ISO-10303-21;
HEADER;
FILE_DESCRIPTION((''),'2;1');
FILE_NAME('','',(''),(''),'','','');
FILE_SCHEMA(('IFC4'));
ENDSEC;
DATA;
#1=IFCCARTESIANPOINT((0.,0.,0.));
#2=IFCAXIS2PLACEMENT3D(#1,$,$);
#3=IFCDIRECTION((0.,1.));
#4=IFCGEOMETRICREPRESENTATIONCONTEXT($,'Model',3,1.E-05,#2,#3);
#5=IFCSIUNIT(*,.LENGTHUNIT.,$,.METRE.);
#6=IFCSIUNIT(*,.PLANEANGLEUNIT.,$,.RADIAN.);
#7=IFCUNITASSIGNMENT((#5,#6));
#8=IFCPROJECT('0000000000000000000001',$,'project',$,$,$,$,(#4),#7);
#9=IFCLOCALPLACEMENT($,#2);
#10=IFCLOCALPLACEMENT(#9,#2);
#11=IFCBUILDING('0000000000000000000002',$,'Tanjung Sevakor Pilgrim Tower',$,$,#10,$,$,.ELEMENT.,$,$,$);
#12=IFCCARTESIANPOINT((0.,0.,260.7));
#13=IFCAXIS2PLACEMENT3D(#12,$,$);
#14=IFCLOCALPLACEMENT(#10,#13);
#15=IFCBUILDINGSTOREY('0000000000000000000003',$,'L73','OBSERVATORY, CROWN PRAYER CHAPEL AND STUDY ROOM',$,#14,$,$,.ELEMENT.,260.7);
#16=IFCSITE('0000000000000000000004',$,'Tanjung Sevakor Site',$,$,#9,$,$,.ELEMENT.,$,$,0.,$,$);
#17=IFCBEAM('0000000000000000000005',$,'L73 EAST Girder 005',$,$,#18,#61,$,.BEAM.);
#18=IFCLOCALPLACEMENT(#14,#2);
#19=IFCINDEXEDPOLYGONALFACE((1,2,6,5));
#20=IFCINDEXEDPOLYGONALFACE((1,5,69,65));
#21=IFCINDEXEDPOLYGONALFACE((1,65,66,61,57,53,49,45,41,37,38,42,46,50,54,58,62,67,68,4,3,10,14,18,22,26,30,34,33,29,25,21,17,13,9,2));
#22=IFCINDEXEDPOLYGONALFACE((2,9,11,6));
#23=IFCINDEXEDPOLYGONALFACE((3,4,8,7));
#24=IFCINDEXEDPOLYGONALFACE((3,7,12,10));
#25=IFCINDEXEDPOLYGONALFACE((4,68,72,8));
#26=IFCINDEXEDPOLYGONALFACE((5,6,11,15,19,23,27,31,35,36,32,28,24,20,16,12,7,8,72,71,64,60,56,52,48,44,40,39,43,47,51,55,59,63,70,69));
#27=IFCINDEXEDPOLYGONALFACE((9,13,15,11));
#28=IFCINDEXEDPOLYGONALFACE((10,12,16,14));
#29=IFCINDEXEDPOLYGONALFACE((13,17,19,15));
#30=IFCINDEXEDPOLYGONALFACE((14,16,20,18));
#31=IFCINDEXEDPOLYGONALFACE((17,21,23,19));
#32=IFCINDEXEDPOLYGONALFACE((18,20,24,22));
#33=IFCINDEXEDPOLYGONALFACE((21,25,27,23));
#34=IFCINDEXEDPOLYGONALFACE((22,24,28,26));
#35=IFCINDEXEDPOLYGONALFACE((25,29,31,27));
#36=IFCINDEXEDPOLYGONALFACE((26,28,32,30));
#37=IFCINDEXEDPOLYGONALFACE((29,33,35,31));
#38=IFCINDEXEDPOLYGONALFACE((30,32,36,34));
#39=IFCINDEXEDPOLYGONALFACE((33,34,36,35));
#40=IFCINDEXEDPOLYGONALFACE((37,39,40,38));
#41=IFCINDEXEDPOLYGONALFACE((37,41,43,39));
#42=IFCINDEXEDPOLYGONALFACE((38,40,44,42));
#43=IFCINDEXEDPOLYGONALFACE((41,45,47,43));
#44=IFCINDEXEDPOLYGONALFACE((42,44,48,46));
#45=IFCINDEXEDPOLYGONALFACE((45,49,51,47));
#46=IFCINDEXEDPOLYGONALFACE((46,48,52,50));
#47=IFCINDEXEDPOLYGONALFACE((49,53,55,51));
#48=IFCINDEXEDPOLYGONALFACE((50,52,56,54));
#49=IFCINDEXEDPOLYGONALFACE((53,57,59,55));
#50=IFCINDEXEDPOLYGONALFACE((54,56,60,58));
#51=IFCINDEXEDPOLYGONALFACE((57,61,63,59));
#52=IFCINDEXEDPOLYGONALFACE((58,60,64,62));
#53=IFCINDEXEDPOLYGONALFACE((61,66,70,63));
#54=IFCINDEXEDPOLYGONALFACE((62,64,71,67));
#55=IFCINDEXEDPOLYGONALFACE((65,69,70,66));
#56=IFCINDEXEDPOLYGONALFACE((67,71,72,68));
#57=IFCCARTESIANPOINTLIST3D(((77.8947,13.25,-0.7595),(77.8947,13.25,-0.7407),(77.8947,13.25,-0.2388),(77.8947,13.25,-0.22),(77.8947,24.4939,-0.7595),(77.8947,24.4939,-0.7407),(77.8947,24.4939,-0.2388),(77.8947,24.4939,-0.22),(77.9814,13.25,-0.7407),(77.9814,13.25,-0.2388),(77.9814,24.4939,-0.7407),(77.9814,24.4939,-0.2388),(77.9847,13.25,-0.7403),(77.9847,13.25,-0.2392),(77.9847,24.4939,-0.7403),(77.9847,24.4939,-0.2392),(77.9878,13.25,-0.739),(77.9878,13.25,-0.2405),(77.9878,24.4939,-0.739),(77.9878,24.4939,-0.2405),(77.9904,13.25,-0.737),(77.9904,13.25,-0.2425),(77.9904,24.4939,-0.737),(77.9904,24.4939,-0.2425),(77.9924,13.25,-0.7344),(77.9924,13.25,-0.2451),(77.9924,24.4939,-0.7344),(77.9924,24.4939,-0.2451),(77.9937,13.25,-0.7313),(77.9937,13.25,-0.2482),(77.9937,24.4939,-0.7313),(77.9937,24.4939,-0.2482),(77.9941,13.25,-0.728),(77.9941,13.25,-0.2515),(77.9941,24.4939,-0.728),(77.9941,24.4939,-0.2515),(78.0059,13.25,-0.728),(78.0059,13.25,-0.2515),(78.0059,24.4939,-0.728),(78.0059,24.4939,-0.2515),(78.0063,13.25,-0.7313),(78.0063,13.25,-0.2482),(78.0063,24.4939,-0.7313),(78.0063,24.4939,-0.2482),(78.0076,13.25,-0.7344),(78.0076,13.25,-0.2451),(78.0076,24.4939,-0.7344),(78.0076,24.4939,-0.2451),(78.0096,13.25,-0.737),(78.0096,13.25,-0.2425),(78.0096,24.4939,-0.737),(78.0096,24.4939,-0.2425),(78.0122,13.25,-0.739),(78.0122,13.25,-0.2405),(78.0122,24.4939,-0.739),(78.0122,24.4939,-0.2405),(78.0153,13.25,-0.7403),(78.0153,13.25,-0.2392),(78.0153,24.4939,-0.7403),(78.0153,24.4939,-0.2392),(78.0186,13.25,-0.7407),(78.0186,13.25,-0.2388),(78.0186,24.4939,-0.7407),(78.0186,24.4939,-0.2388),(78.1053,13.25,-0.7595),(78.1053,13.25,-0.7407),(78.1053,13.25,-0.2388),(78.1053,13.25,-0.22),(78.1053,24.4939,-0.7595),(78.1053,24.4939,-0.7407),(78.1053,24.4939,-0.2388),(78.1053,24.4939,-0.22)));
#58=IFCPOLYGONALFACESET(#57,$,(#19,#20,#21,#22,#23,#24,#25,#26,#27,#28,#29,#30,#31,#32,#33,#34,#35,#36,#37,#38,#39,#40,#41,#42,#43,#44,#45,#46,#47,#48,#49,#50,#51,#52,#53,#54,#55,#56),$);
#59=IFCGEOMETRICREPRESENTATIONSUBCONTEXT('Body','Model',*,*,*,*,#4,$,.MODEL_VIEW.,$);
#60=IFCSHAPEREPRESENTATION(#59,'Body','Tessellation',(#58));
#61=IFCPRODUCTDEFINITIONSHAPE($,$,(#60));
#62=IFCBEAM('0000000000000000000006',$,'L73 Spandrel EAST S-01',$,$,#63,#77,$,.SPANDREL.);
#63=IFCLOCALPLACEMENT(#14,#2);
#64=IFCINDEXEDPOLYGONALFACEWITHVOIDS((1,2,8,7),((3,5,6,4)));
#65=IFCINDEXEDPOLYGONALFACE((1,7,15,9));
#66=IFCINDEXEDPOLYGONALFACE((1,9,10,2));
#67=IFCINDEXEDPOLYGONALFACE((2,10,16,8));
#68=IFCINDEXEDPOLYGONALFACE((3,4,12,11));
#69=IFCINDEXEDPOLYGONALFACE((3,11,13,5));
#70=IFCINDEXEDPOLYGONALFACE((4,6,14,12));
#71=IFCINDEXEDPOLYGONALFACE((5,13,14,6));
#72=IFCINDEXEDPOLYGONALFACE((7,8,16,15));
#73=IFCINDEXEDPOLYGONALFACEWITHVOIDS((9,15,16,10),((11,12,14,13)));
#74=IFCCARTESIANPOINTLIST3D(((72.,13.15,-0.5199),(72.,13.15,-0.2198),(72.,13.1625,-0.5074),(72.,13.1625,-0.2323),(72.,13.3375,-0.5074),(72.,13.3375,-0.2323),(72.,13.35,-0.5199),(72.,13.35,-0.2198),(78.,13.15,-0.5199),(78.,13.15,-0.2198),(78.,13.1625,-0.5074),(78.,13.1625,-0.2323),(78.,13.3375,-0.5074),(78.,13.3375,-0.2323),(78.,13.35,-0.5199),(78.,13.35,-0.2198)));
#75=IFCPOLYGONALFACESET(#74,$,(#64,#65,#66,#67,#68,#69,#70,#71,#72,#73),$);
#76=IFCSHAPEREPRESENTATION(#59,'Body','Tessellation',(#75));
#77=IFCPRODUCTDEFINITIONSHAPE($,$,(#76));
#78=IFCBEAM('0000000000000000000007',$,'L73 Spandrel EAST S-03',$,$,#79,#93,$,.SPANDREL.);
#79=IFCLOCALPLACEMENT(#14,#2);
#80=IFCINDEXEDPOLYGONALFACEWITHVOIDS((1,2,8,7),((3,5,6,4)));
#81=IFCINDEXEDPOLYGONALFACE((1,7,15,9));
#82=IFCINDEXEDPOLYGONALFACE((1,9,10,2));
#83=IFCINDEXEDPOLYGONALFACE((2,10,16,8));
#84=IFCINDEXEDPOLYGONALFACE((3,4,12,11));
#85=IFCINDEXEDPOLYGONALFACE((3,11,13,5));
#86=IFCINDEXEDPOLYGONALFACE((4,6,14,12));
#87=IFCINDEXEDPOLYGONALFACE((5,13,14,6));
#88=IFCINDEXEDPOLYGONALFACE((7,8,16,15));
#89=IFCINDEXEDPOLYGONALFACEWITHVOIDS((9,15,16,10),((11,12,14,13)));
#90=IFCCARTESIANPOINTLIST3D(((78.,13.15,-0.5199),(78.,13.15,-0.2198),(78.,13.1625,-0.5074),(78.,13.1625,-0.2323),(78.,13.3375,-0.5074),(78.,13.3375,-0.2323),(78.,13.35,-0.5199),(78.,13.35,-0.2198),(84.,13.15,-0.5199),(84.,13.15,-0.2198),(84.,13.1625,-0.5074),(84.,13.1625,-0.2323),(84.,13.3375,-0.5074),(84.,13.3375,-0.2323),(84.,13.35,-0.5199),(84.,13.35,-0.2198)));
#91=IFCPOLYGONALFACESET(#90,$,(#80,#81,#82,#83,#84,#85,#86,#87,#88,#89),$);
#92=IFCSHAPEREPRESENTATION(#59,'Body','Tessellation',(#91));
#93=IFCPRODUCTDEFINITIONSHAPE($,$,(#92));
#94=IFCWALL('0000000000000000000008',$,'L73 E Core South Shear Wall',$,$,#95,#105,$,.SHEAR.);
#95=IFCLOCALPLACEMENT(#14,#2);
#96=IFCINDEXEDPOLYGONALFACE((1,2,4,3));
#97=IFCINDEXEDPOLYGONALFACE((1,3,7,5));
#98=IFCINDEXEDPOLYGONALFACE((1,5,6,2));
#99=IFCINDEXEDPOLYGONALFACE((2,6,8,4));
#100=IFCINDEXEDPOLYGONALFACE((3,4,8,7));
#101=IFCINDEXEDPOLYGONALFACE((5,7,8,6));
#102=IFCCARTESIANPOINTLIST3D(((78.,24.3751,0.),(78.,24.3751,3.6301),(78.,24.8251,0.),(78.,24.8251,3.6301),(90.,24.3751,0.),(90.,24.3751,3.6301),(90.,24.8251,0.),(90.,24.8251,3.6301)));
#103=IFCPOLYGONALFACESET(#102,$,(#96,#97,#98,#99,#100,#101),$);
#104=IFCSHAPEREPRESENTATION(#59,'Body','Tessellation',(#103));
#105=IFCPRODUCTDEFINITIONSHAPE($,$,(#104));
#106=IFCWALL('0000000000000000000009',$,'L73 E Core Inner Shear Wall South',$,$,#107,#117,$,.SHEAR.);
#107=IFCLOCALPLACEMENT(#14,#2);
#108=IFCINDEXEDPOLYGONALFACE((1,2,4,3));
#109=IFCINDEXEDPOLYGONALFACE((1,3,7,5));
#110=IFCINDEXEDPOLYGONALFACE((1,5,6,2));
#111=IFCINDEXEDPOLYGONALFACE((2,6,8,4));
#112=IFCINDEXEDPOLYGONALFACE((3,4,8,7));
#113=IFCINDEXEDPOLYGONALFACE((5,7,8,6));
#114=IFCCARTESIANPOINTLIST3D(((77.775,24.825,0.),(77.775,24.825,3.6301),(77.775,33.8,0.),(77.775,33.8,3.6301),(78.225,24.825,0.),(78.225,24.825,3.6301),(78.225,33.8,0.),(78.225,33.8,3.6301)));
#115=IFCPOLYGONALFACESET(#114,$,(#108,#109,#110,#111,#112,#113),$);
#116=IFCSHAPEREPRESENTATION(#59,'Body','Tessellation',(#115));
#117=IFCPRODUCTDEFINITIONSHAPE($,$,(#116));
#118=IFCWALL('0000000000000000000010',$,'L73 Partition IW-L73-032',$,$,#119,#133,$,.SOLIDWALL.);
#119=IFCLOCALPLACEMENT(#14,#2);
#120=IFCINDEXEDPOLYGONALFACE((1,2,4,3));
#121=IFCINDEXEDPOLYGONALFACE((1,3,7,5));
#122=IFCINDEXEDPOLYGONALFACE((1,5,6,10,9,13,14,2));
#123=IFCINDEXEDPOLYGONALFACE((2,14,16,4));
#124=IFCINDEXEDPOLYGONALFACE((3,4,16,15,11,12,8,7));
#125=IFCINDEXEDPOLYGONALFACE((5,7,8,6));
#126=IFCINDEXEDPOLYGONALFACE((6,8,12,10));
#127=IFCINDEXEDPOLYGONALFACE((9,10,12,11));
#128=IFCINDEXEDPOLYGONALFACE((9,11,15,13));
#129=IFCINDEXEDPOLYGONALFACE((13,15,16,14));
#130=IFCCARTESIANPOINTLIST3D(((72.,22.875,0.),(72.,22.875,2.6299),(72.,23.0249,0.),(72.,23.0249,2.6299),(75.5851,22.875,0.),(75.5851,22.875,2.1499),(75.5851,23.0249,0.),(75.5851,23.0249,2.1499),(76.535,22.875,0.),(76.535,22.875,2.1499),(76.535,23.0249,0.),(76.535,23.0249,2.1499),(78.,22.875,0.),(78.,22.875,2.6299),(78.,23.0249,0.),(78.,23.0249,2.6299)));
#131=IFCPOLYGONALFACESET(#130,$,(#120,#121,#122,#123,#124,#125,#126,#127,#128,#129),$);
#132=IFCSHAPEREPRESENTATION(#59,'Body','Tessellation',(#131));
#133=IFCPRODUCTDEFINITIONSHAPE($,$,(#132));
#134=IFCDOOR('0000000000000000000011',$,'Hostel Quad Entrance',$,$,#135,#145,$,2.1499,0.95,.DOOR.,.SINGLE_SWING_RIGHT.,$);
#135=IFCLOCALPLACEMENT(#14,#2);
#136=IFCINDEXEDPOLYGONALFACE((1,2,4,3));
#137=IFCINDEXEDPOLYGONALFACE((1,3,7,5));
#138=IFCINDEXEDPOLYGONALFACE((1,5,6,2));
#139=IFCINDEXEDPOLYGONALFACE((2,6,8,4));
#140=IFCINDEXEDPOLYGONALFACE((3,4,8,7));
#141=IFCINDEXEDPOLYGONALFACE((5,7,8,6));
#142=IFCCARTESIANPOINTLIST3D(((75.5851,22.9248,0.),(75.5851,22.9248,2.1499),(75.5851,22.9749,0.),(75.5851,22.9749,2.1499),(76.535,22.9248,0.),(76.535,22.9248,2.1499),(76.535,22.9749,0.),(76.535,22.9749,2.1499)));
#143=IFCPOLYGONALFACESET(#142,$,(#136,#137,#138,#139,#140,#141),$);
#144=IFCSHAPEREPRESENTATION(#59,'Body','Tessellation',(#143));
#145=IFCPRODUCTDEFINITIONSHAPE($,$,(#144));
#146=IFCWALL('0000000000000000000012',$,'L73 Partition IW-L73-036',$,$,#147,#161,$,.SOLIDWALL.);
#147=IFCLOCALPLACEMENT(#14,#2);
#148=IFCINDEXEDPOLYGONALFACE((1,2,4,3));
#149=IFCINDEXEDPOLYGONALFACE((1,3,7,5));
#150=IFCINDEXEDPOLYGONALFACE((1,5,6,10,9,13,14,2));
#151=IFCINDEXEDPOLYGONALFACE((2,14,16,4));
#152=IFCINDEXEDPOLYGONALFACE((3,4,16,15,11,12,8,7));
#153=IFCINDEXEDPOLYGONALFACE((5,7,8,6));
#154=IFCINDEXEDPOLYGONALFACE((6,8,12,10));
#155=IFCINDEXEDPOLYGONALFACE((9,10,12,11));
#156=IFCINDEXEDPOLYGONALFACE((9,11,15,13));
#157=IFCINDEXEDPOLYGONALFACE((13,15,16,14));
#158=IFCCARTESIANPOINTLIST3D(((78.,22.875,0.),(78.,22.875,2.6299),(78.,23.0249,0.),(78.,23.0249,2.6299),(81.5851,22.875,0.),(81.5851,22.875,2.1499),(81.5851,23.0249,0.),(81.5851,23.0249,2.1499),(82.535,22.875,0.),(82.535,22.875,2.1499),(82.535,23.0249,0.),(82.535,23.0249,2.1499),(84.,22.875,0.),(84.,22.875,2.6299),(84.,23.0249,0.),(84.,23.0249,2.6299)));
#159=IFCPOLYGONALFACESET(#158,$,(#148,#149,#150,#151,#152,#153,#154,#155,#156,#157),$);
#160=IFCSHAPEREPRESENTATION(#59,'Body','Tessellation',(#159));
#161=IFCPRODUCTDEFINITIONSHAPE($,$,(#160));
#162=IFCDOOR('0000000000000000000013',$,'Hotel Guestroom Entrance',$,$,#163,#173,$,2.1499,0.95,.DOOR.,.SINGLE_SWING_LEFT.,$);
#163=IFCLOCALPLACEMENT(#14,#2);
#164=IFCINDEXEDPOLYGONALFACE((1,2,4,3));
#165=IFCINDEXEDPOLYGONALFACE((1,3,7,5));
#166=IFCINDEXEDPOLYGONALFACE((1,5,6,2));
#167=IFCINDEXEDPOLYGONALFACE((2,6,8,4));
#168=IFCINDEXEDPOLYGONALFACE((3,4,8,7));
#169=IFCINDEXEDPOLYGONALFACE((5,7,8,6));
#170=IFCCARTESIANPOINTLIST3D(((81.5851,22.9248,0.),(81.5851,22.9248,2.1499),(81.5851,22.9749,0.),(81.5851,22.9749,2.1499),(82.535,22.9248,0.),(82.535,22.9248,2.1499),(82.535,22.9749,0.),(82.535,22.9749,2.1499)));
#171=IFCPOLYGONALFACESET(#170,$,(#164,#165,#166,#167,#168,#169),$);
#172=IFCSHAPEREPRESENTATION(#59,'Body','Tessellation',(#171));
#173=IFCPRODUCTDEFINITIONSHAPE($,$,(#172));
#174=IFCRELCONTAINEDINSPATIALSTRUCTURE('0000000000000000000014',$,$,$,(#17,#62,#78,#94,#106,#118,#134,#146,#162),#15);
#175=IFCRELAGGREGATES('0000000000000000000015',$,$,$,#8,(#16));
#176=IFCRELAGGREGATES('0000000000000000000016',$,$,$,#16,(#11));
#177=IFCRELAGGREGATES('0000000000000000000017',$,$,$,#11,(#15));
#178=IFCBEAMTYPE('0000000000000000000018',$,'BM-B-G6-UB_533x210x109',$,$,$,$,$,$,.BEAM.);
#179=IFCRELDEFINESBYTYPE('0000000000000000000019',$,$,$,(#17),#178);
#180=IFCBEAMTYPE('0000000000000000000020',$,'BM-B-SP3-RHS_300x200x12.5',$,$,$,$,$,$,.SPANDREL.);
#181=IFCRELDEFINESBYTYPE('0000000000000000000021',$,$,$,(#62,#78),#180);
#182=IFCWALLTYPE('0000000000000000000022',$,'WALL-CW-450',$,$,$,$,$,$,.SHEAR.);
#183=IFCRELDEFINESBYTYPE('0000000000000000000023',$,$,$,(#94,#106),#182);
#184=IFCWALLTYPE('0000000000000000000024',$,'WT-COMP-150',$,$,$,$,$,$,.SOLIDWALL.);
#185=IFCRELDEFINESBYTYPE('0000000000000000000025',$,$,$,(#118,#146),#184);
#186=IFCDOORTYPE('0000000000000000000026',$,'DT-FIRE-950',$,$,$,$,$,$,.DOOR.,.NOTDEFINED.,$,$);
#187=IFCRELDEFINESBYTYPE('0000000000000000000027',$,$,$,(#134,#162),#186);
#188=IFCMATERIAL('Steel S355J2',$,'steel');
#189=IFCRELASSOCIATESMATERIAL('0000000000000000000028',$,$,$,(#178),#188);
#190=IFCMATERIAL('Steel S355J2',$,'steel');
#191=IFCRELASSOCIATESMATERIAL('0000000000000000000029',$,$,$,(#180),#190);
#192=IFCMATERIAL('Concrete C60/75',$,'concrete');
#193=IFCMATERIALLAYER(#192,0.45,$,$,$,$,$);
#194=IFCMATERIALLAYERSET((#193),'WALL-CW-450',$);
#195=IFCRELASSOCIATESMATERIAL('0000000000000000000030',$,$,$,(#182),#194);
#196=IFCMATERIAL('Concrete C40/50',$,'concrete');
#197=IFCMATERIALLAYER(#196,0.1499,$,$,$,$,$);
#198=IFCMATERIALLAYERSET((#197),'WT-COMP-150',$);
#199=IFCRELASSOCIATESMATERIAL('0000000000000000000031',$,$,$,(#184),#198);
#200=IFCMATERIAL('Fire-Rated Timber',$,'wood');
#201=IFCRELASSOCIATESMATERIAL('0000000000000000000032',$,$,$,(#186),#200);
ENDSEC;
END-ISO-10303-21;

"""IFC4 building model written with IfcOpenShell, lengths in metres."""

from ifc_helpers import new_model, si_unit, direction, frame, frame_2d, origin, origin_2d, place, context, subcontext, project, spatial, rectangle, hollow_rectangle, i_section, extrude, material, layer, layer_set, material_profile, profile_set, type_object, element, fill, save


model = new_model("IFC4")

# Units and contexts
model_context = context("Model", 3, precision=1e-05, world=origin(), true_north=direction((0.0, 1.0)))
body_context = subcontext(model_context, "Body", "Model", "MODEL_VIEW")
ifc_project = project(units=[si_unit("LENGTHUNIT", "METRE"), si_unit("PLANEANGLEUNIT", "RADIAN")], contexts=[model_context])

# Site, building, storey
site_placement = place(None, origin())
site = spatial("IfcSite", under=ifc_project, at=site_placement, Name="Tanjung Sevakor Site", CompositionType="ELEMENT", RefElevation=0.0)
building_placement = place(site_placement, origin())
building = spatial("IfcBuilding", under=site, at=building_placement, Name="Tanjung Sevakor Pilgrim Tower", CompositionType="ELEMENT")
storey_placement = place(building_placement, frame((0.0, 0.0, 260.7)))
storey = spatial("IfcBuildingStorey", under=building, at=storey_placement, Name="L73", Description="OBSERVATORY, CROWN PRAYER CHAPEL AND STUDY ROOM", CompositionType="ELEMENT", Elevation=260.7)

# Beams
ifc_material_1 = material(Name="Steel S355J2", Category="steel")
ifc_material_profile_1 = material_profile(ifc_material_1, i_section(OverallWidth=0.2107, OverallDepth=0.5396, WebThickness=0.0117, FlangeThickness=0.0188, FilletRadius=0.0127, at=origin_2d()))
ifc_profile_set_1 = profile_set([ifc_material_profile_1], Name="Steel S355J2")
beam_type_1 = type_object("IfcBeamType", Name="BM-B-G6-UB_533x210x109", PredefinedType="BEAM", material=ifc_profile_set_1)
beam_1_placement = place(storey_placement, frame((78.0, 13.25, -0.4897), z_axis=(0.0, 1.0, 0.0), x_axis=(-1.0, 0.0, 0.0)))
element("IfcBeam", 1, at=beam_1_placement, inside=storey, type_object=beam_type_1, Name="L73 EAST Girder 005", PredefinedType="BEAM", context=body_context, shape_type="SweptSolid", body=[
    extrude(i_section(OverallWidth=0.2107, OverallDepth=0.5396, WebThickness=0.0117, FlangeThickness=0.0188, FilletRadius=0.0127, at=origin_2d()), origin(), (0.0, 0.0, 1.0), 11.2439),
])
ifc_material_2 = material(Name="Steel S355J2", Category="steel")
ifc_material_profile_2 = material_profile(ifc_material_2, hollow_rectangle(XDim=0.2, YDim=0.3, WallThickness=0.0125, at=origin_2d()))
ifc_profile_set_2 = profile_set([ifc_material_profile_2], Name="Steel S355J2")
beam_type_2 = type_object("IfcBeamType", Name="BM-B-SP3-RHS_300x200x12.5", PredefinedType="SPANDREL", material=ifc_profile_set_2)
for number, where, z_axis, x_axis, name in (
    (2, (72.0, 13.25, -0.3699), (1.0, 0.0, 0.0), (0.0, 1.0, 0.0), "L73 Spandrel EAST S-01"),
    (3, (78.0, 13.25, -0.3699), (1.0, 0.0, 0.0), (0.0, 1.0, 0.0), "L73 Spandrel EAST S-03"),
):
    element("IfcBeam", number, at=place(storey_placement, frame(where, z_axis=z_axis, x_axis=x_axis)), inside=storey, type_object=beam_type_2, Name=name, PredefinedType="SPANDREL", context=body_context, shape_type="SweptSolid", body=[
        extrude(hollow_rectangle(XDim=0.2, YDim=0.3, WallThickness=0.0125, at=origin_2d()), origin(), (0.0, 0.0, 1.0), 6.0),
    ])

# Walls
ifc_material_3 = material(Name="Concrete C60/75", Category="concrete")
ifc_layer_1 = layer(ifc_material_3, 0.45)
ifc_layer_set_1 = layer_set([ifc_layer_1], Name="WALL-CW-450")
wall_type_1 = type_object("IfcWallType", Name="WALL-CW-450", PredefinedType="SHEAR", material=ifc_layer_set_1)
wall_1_placement = place(storey_placement, frame((78.0, 24.6001, 0.0), z_axis=(0.0, 0.0, 1.0), x_axis=(1.0, 0.0, 0.0)))
element("IfcWall", 4, at=wall_1_placement, inside=storey, type_object=wall_type_1, Name="L73 E Core South Shear Wall", PredefinedType="SHEAR", context=body_context, shape_type="SweptSolid", body=[
    extrude(rectangle(XDim=12.0, YDim=0.45, at=frame_2d((6.0, 0.0))), origin(), (0.0, 0.0, 1.0), 3.6301),
])
wall_2_placement = place(storey_placement, frame((78.0, 24.825, 0.0), z_axis=(0.0, 0.0, 1.0), x_axis=(0.0, 1.0, 0.0)))
element("IfcWall", 5, at=wall_2_placement, inside=storey, type_object=wall_type_1, Name="L73 E Core Inner Shear Wall South", PredefinedType="SHEAR", context=body_context, shape_type="SweptSolid", body=[
    extrude(rectangle(XDim=8.9751, YDim=0.45, at=frame_2d((4.4875, 0.0))), origin(), (0.0, 0.0, 1.0), 3.6301),
])

# Walls, openings, doors
ifc_material_4 = material(Name="Concrete C40/50", Category="concrete")
ifc_layer_2 = layer(ifc_material_4, 0.1499)
ifc_layer_set_2 = layer_set([ifc_layer_2], Name="WT-COMP-150")
wall_type_2 = type_object("IfcWallType", Name="WT-COMP-150", PredefinedType="SOLIDWALL", material=ifc_layer_set_2)
wall_3_placement = place(storey_placement, frame((72.0, 22.95, 0.0), z_axis=(0.0, 0.0, 1.0), x_axis=(1.0, 0.0, 0.0)))
wall_3 = element("IfcWall", 6, at=wall_3_placement, inside=storey, type_object=wall_type_2, Name="L73 Partition IW-L73-032", PredefinedType="SOLIDWALL", context=body_context, shape_type="SweptSolid", body=[
    extrude(rectangle(XDim=6.0, YDim=0.1499, at=frame_2d((3.0, 0.0))), origin(), (0.0, 0.0, 1.0), 2.6299),
])
opening_1_placement = place(wall_3_placement, frame((3.585, 0.0, 0.0)))
opening_1 = element("IfcOpeningElement", 7, at=opening_1_placement, cuts=wall_3, PredefinedType="OPENING", context=body_context, shape_type="SweptSolid", body=[
    extrude(rectangle(XDim=0.95, YDim=2.1499, at=frame_2d((0.4751, 1.075))), frame((0.0, 0.085, 0.0), z_axis=(0.0, -1.0, 0.0), x_axis=(1.0, 0.0, 0.0)), (0.0, 0.0, 1.0), 0.1699),
])
ifc_material_5 = material(Name="Fire-Rated Timber", Category="wood")
door_type_1 = type_object("IfcDoorType", Name="DT-FIRE-950", OperationType="NOTDEFINED", PredefinedType="DOOR", material=ifc_material_5)
door_1_placement = place(opening_1_placement, origin())
door_1 = element("IfcDoor", 8, at=door_1_placement, inside=storey, type_object=door_type_1, Name="Hostel Quad Entrance", OperationType="SINGLE_SWING_RIGHT", OverallHeight=2.1499, OverallWidth=0.95, PredefinedType="DOOR", context=body_context, shape_type="SweptSolid", body=[
    extrude(rectangle(XDim=0.95, YDim=2.1499, at=frame_2d((0.4751, 1.075))), frame((0.0, 0.0249, 0.0), z_axis=(0.0, -1.0, 0.0), x_axis=(1.0, 0.0, 0.0)), (0.0, 0.0, 1.0), 0.05),
])
fill(opening_1, door_1)
wall_4_placement = place(storey_placement, frame((78.0, 22.95, 0.0), z_axis=(0.0, 0.0, 1.0), x_axis=(1.0, 0.0, 0.0)))
wall_4 = element("IfcWall", 9, at=wall_4_placement, inside=storey, type_object=wall_type_2, Name="L73 Partition IW-L73-036", PredefinedType="SOLIDWALL", context=body_context, shape_type="SweptSolid", body=[
    extrude(rectangle(XDim=6.0, YDim=0.1499, at=frame_2d((3.0, 0.0))), origin(), (0.0, 0.0, 1.0), 2.6299),
])
opening_2_placement = place(wall_4_placement, frame((3.585, 0.0, 0.0)))
opening_2 = element("IfcOpeningElement", 10, at=opening_2_placement, cuts=wall_4, PredefinedType="OPENING", context=body_context, shape_type="SweptSolid", body=[
    extrude(rectangle(XDim=0.95, YDim=2.1499, at=frame_2d((0.4751, 1.075))), frame((0.0, 0.085, 0.0), z_axis=(0.0, -1.0, 0.0), x_axis=(1.0, 0.0, 0.0)), (0.0, 0.0, 1.0), 0.1699),
])
door_2_placement = place(opening_2_placement, origin())
door_2 = element("IfcDoor", 11, at=door_2_placement, inside=storey, type_object=door_type_1, Name="Hotel Guestroom Entrance", OperationType="SINGLE_SWING_LEFT", OverallHeight=2.1499, OverallWidth=0.95, PredefinedType="DOOR", context=body_context, shape_type="SweptSolid", body=[
    extrude(rectangle(XDim=0.95, YDim=2.1499, at=frame_2d((0.4751, 1.075))), frame((0.0, 0.0249, 0.0), z_axis=(0.0, -1.0, 0.0), x_axis=(1.0, 0.0, 0.0)), (0.0, 0.0, 1.0), 0.05),
])
fill(opening_2, door_2)

save(model, "model.ifc")
